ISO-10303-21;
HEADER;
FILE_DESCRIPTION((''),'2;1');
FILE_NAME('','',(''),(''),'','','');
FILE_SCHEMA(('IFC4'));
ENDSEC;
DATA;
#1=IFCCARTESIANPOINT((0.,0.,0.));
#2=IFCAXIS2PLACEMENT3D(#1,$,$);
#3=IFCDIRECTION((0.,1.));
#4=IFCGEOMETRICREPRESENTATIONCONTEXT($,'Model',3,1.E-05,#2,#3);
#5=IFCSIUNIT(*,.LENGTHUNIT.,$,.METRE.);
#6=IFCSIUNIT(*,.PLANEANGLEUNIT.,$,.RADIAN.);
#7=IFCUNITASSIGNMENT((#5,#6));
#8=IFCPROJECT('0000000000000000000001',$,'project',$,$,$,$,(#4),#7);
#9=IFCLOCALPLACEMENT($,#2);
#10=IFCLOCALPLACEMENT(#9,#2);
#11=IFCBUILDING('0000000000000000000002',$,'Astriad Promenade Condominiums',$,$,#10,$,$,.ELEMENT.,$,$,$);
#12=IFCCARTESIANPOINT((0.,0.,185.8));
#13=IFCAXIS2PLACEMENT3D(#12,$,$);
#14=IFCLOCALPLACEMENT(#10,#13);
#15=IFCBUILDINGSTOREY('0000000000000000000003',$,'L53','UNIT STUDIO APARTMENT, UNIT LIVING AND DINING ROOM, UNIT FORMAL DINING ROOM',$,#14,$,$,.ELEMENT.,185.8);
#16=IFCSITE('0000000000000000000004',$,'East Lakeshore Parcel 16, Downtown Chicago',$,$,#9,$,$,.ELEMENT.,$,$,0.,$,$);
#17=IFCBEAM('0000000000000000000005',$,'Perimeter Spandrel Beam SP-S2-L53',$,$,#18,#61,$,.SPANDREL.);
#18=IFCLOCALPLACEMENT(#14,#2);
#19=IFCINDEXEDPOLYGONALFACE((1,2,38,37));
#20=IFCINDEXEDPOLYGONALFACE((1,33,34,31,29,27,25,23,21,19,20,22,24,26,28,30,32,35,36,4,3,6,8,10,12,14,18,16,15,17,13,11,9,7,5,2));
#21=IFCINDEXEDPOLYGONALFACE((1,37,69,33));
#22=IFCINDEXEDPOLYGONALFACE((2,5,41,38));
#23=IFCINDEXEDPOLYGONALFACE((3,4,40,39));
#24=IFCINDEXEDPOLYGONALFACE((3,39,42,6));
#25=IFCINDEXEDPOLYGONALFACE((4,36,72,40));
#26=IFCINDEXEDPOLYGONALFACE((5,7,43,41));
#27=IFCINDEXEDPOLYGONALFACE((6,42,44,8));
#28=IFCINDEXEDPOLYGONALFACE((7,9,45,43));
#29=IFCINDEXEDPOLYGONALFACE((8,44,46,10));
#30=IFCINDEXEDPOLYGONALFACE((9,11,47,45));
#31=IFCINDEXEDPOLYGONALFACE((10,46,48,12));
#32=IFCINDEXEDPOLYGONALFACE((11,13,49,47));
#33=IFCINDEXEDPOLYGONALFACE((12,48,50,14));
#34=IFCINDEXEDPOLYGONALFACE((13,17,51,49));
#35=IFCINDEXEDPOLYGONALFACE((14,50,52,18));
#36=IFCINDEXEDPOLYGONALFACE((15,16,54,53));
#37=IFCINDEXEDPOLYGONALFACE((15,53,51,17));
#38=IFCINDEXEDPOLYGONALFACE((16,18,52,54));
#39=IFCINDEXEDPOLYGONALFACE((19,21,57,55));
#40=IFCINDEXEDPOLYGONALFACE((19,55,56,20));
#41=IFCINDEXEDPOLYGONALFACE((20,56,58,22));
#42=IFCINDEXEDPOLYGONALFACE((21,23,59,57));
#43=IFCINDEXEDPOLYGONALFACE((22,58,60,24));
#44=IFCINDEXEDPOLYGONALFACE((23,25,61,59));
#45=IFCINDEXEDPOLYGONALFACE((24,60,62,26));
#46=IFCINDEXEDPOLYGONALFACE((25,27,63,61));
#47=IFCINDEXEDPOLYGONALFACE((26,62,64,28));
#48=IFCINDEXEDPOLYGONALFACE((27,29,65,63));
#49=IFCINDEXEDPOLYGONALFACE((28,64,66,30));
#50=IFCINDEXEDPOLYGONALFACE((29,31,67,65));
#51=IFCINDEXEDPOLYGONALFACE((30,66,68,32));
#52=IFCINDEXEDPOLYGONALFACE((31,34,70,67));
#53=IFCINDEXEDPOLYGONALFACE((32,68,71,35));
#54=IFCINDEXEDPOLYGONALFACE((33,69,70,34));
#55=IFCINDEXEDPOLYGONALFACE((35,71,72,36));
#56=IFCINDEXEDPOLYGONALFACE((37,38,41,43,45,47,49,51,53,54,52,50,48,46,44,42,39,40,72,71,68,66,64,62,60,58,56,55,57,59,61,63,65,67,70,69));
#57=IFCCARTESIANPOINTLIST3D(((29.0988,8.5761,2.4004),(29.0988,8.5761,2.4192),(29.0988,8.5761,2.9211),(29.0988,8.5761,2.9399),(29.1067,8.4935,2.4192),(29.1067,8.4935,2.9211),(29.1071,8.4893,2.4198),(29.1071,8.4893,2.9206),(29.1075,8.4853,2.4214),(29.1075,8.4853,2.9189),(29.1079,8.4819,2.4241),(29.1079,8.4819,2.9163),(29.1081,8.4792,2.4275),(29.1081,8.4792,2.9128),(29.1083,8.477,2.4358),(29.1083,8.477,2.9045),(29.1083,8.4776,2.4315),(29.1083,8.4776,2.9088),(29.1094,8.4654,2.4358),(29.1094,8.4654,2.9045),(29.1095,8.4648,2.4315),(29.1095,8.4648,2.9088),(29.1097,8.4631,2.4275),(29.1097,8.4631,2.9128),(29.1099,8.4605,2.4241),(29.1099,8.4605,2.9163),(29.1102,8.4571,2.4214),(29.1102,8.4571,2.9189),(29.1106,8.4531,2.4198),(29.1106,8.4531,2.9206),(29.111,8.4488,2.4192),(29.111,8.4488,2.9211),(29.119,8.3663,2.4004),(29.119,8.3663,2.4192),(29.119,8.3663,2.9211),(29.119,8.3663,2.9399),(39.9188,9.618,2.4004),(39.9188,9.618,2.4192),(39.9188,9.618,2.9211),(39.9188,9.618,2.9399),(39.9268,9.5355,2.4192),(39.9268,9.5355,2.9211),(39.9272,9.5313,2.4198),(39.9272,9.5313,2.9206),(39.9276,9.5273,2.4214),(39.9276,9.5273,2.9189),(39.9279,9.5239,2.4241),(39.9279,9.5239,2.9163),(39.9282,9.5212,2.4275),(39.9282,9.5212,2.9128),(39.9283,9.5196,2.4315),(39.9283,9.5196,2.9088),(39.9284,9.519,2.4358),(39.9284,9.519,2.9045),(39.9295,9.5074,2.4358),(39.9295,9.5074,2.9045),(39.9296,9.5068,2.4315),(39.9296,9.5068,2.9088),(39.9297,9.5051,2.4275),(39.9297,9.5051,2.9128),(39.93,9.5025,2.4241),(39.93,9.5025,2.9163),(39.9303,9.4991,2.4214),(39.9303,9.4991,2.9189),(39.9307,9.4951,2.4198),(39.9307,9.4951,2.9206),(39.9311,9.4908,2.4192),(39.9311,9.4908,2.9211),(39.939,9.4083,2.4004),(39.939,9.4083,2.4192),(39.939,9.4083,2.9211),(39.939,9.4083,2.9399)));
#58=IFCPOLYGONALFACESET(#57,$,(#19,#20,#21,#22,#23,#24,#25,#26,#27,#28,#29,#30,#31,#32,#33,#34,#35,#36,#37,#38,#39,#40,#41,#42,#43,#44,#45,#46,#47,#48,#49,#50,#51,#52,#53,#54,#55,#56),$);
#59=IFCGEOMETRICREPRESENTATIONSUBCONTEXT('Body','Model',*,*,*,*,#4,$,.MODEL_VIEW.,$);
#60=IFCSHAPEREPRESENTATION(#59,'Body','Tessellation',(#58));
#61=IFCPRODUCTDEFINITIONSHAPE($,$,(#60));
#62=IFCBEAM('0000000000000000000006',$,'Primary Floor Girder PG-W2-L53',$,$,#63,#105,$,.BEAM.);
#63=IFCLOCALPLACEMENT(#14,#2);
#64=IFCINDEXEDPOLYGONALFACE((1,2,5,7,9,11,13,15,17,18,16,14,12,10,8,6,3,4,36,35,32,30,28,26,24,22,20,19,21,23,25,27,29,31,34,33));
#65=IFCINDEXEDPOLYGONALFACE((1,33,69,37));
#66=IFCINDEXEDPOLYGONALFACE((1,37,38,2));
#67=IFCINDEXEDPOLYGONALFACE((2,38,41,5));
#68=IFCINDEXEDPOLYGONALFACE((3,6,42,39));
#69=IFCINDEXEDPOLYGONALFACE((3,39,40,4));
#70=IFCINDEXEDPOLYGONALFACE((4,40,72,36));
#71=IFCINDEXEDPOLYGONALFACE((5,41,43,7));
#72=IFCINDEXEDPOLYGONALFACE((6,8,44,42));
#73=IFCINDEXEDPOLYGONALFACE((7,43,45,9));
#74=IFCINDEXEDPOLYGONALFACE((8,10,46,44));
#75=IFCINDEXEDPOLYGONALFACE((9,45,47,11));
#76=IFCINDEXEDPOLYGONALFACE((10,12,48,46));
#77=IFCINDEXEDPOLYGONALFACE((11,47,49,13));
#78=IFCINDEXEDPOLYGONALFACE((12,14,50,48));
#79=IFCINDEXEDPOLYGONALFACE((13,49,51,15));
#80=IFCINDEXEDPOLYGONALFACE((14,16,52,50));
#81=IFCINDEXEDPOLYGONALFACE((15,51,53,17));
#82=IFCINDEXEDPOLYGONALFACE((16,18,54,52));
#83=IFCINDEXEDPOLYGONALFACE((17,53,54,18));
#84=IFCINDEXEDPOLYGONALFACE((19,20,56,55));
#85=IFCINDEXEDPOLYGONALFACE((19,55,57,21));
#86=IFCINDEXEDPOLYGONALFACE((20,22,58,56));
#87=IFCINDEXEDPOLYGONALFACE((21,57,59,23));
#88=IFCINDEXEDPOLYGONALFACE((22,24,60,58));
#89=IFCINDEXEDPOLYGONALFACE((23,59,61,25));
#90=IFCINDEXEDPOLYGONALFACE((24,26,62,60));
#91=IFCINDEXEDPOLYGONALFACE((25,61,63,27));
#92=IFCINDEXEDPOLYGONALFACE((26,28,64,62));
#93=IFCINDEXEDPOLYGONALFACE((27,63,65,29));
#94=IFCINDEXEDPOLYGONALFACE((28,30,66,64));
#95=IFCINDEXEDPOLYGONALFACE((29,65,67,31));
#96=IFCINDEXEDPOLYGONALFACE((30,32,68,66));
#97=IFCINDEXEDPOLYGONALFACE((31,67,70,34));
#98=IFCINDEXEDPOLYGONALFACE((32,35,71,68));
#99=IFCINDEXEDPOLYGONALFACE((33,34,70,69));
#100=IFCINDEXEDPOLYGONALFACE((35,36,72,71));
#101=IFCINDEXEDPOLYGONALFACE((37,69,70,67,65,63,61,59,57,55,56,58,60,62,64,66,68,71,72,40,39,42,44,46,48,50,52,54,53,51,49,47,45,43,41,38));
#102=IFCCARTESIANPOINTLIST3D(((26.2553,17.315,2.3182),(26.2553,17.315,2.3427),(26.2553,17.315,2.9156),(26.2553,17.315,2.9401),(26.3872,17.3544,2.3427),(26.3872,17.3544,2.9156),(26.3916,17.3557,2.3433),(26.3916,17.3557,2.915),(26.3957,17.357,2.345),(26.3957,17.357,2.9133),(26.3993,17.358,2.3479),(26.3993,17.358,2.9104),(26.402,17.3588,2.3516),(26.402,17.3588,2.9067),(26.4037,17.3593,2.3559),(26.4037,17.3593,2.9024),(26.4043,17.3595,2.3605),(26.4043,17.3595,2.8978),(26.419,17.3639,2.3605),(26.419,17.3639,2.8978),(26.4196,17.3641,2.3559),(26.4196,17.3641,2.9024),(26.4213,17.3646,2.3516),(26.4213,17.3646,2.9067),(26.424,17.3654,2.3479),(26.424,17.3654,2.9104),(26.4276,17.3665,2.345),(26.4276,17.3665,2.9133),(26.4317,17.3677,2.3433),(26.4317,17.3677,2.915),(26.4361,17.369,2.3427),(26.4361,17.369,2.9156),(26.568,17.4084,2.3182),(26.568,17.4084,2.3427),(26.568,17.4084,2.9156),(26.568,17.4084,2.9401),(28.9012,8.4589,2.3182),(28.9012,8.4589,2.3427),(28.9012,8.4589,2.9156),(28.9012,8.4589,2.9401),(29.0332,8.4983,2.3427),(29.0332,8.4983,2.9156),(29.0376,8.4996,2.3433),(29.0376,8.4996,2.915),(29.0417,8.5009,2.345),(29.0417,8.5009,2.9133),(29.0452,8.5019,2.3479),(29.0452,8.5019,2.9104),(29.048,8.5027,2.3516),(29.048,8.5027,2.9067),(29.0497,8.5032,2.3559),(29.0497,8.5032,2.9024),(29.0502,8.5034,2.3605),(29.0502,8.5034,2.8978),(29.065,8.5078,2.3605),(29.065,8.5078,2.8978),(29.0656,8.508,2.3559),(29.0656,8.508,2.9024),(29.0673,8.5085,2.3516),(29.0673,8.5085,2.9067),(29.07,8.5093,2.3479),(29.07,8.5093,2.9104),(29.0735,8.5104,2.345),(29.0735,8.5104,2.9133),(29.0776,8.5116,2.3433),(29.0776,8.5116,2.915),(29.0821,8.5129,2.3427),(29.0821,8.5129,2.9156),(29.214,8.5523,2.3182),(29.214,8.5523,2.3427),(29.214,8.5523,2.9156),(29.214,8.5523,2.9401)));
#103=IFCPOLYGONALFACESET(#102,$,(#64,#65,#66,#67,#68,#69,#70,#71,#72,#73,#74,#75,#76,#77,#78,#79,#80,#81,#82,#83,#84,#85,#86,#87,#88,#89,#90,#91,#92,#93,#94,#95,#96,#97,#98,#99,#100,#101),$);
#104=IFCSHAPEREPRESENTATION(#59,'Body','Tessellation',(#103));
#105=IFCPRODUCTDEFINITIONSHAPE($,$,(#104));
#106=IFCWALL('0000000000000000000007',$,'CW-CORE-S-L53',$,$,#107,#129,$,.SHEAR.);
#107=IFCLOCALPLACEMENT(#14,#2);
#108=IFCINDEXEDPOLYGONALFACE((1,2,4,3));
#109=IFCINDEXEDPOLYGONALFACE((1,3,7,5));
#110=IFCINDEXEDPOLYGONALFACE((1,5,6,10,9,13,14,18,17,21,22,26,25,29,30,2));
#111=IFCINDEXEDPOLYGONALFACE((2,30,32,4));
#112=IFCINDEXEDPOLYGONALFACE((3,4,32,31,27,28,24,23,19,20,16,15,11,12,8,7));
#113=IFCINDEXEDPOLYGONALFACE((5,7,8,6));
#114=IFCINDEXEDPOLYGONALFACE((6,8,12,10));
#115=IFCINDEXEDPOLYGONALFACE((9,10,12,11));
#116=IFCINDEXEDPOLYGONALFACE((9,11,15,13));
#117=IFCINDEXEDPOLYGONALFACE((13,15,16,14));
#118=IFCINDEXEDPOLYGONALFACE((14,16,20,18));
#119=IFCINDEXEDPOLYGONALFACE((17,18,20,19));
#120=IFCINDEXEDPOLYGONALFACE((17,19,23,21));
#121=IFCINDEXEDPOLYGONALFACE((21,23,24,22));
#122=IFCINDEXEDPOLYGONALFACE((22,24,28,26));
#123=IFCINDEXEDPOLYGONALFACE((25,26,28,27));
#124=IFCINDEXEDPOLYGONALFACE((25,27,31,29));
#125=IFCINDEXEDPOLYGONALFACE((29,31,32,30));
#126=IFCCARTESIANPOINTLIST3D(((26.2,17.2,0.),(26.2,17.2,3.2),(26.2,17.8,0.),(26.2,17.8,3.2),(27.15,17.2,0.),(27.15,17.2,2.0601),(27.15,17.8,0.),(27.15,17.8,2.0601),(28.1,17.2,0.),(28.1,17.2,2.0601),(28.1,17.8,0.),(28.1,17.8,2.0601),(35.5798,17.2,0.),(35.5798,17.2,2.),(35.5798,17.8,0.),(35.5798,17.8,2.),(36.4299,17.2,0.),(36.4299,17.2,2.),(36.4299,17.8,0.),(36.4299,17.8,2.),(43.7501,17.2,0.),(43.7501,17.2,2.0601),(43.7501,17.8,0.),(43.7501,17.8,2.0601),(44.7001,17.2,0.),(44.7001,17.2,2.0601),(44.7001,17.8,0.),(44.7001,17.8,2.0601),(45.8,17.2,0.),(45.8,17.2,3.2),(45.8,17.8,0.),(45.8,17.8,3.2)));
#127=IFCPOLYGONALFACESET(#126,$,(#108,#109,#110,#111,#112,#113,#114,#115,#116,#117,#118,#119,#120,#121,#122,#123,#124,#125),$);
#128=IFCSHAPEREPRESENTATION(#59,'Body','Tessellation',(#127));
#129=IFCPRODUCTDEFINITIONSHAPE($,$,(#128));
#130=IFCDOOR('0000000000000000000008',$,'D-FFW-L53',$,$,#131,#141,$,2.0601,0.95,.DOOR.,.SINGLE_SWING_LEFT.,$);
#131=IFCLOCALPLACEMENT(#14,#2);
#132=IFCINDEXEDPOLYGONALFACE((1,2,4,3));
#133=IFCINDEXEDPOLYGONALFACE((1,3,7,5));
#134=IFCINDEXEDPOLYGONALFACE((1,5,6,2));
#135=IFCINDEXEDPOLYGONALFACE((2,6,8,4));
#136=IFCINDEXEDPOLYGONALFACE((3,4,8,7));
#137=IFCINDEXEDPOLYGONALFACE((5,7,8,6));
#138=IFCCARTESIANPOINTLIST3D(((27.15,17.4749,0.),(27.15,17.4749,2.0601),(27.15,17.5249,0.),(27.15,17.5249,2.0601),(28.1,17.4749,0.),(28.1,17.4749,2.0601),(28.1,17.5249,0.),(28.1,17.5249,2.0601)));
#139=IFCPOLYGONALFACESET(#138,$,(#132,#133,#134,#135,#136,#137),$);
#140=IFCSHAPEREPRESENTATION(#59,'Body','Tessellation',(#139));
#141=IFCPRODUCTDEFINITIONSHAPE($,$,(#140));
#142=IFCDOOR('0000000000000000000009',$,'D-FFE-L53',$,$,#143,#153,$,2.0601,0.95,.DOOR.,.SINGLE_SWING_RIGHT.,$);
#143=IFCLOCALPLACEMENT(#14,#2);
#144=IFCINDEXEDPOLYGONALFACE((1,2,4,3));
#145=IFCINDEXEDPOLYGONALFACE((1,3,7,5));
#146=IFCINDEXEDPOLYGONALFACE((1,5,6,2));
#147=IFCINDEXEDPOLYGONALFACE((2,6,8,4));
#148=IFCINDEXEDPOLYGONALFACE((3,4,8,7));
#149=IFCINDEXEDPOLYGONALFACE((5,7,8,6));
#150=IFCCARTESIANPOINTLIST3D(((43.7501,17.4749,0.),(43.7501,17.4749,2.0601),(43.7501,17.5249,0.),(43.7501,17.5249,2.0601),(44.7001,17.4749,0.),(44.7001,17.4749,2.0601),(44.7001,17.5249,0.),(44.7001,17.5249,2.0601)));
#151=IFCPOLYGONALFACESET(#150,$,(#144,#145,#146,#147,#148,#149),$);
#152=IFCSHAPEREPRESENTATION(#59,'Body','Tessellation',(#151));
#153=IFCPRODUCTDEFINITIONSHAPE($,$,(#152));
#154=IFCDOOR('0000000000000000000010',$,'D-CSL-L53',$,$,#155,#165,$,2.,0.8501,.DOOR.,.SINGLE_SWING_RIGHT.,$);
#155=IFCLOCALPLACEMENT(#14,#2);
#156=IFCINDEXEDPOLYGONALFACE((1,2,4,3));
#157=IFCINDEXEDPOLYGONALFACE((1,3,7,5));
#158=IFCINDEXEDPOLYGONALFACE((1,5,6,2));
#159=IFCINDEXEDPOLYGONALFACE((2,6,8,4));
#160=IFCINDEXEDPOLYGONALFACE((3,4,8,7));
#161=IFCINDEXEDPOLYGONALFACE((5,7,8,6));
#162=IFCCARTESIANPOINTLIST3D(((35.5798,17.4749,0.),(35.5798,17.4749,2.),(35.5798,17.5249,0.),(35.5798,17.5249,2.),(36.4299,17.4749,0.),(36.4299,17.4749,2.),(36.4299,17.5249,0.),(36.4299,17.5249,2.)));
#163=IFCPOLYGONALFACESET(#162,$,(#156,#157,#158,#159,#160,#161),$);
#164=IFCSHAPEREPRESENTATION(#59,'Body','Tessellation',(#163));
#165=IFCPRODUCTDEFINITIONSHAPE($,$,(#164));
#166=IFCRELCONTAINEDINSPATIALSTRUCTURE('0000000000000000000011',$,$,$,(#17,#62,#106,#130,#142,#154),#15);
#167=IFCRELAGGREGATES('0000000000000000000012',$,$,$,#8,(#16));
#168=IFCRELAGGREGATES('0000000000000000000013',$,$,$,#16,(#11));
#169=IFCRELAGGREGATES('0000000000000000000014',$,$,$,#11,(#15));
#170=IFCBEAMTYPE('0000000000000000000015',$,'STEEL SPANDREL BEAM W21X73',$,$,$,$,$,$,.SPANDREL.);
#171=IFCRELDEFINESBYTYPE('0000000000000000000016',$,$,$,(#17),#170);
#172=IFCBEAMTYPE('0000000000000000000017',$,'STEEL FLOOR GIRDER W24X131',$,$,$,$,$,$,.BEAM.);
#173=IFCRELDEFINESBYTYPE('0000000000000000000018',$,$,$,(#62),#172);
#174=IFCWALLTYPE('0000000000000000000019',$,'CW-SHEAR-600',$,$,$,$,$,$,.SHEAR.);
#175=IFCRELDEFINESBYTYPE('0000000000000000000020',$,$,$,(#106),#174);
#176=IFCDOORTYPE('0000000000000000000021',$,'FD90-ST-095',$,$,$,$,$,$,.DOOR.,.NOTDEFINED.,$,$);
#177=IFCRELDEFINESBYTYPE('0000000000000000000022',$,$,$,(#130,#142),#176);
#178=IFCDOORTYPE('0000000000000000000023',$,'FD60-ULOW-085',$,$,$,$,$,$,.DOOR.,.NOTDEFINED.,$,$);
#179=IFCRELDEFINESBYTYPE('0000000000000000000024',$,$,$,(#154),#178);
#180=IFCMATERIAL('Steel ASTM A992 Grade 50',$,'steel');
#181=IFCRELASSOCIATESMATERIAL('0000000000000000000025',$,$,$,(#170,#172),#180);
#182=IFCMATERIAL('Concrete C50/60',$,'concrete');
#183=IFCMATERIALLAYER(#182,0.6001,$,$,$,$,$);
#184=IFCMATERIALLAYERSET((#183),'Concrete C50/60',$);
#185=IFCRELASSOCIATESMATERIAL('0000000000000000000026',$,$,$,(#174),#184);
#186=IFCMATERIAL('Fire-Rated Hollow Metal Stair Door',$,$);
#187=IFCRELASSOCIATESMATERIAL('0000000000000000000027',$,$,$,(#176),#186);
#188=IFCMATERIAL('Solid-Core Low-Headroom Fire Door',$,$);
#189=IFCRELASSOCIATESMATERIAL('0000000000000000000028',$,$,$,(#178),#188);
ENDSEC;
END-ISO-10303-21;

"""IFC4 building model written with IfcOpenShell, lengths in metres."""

from ifc_helpers import new_model, si_unit, direction, frame, frame_2d, origin, origin_2d, place, context, subcontext, project, spatial, rectangle, i_section, extrude, source, transform, mapped, material, layer, layer_set, material_profile, profile_set, type_object, type_shapes, element, fill, save


model = new_model("IFC4")

# Units and contexts
model_context = context("Model", 3, precision=1e-05, world=origin(), true_north=direction((0.0, 1.0)))
body_context = subcontext(model_context, "Body", "Model", "MODEL_VIEW")
ifc_project = project(units=[si_unit("LENGTHUNIT", "METRE"), si_unit("PLANEANGLEUNIT", "RADIAN")], contexts=[model_context])

# Site, building, storey
site_placement = place(None, origin())
site = spatial("IfcSite", under=ifc_project, at=site_placement, Name="East Lakeshore Parcel 16, Downtown Chicago", CompositionType="ELEMENT", RefElevation=0.0)
building_placement = place(site_placement, origin())
building = spatial("IfcBuilding", under=site, at=building_placement, Name="Astriad Promenade Condominiums", CompositionType="ELEMENT")
storey_placement = place(building_placement, frame((0.0, 0.0, 185.8)))
storey = spatial("IfcBuildingStorey", under=building, at=storey_placement, Name="L53", Description="UNIT STUDIO APARTMENT, UNIT LIVING AND DINING ROOM, UNIT FORMAL DINING ROOM", CompositionType="ELEMENT", Elevation=185.8)

# Shared definitions
ifc_material_1 = material(Name="Steel ASTM A992 Grade 50", Category="steel")
ifc_material_2 = material(Name="Concrete C50/60", Category="concrete")

# Beams
ifc_material_profile_1 = material_profile(ifc_material_1, i_section(OverallWidth=0.2107, OverallDepth=0.5396, WebThickness=0.0117, FlangeThickness=0.0188, FilletRadius=0.0166, at=origin_2d()), Name="W21X73")
ifc_profile_set_1 = profile_set([ifc_material_profile_1], Name="Steel ASTM A992 Grade 50")
beam_type_1 = type_object("IfcBeamType", Name="STEEL SPANDREL BEAM W21X73", PredefinedType="SPANDREL", material=ifc_profile_set_1)
shared_shape_1 = source(origin(), body_context, "Body", "SweptSolid", [
    extrude(i_section(OverallWidth=0.2107, OverallDepth=0.5396, WebThickness=0.0117, FlangeThickness=0.0188, FilletRadius=0.0166, at=origin_2d()), origin(), (0.0, 0.0, 1.0), 10.8701),
])
type_shapes(beam_type_1, [shared_shape_1])
beam_1_placement = place(storey_placement, frame((29.1089, 8.4712, 2.6702), z_axis=(0.995395, 0.095858, 0.0), x_axis=(-0.095858, 0.995395, 0.0)))
element("IfcBeam", 1, at=beam_1_placement, inside=storey, type_object=beam_type_1, Name="Perimeter Spandrel Beam SP-S2-L53", PredefinedType="SPANDREL", context=body_context, shape_type="MappedRepresentation", body=[
    mapped(shared_shape_1, transform((0.0, 0.0, 0.0), scale=1.0)),
])
ifc_material_profile_2 = material_profile(ifc_material_1, i_section(OverallWidth=0.3264, OverallDepth=0.6218, WebThickness=0.0154, FlangeThickness=0.0244, FilletRadius=0.0178, at=origin_2d()), Name="W24X131")
ifc_profile_set_2 = profile_set([ifc_material_profile_2], Name="Steel ASTM A992 Grade 50")
beam_type_2 = type_object("IfcBeamType", Name="STEEL FLOOR GIRDER W24X131", PredefinedType="BEAM", material=ifc_profile_set_2)
shared_shape_2 = source(origin(), body_context, "Body", "SweptSolid", [
    extrude(i_section(OverallWidth=0.3264, OverallDepth=0.6218, WebThickness=0.0154, FlangeThickness=0.0244, FilletRadius=0.0178, at=origin_2d()), origin(), (0.0, 0.0, 1.0), 9.2429),
])
type_shapes(beam_type_2, [shared_shape_2])
beam_2_placement = place(storey_placement, frame((29.0576, 8.5056, 2.6292), z_axis=(-0.286269, 0.958149, 0.0), x_axis=(-0.958149, -0.286269, 0.0)))
element("IfcBeam", 2, at=beam_2_placement, inside=storey, type_object=beam_type_2, Name="Primary Floor Girder PG-W2-L53", PredefinedType="BEAM", context=body_context, shape_type="MappedRepresentation", body=[
    mapped(shared_shape_2, transform((0.0, 0.0, 0.0), scale=1.0)),
])

# Wall, openings, doors
ifc_layer_1 = layer(ifc_material_2, 0.6001)
ifc_layer_set_1 = layer_set([ifc_layer_1], Name="Concrete C50/60")
wall_type_1 = type_object("IfcWallType", Name="CW-SHEAR-600", PredefinedType="SHEAR", material=ifc_layer_set_1)
wall_1_placement = place(storey_placement, frame((26.2, 17.5, 0.0), z_axis=(0.0, 0.0, 1.0), x_axis=(1.0, 0.0, 0.0)))
wall_1 = element("IfcWall", 3, at=wall_1_placement, inside=storey, type_object=wall_type_1, Name="CW-CORE-S-L53", PredefinedType="SHEAR", context=body_context, shape_type="SweptSolid", body=[
    extrude(rectangle(XDim=19.6001, YDim=0.6001, at=frame_2d((9.8, 0.0))), origin(), (0.0, 0.0, 1.0), 3.2),
])
opening_1_placement = place(wall_1_placement, frame((0.95, 0.0, 0.0)))
opening_1 = element("IfcOpeningElement", 4, at=opening_1_placement, cuts=wall_1, PredefinedType="OPENING", context=body_context, shape_type="SweptSolid", body=[
    extrude(rectangle(XDim=0.95, YDim=2.0601, at=frame_2d((0.4751, 1.03))), frame((0.0, 0.3101, 0.0), z_axis=(0.0, -1.0, 0.0), x_axis=(1.0, 0.0, 0.0)), (0.0, 0.0, 1.0), 0.6201),
])
opening_2_placement = place(wall_1_placement, frame((9.3799, 0.0, 0.0)))
opening_2 = element("IfcOpeningElement", 5, at=opening_2_placement, cuts=wall_1, PredefinedType="OPENING", context=body_context, shape_type="SweptSolid", body=[
    extrude(rectangle(XDim=0.8501, YDim=2.0, at=frame_2d((0.425, 1.0))), frame((0.0, 0.3101, 0.0), z_axis=(0.0, -1.0, 0.0), x_axis=(1.0, 0.0, 0.0)), (0.0, 0.0, 1.0), 0.6201),
])
opening_3_placement = place(wall_1_placement, frame((17.55, 0.0, 0.0)))
opening_3 = element("IfcOpeningElement", 6, at=opening_3_placement, cuts=wall_1, PredefinedType="OPENING", context=body_context, shape_type="SweptSolid", body=[
    extrude(rectangle(XDim=0.95, YDim=2.0601, at=frame_2d((0.4751, 1.03))), frame((0.0, 0.3101, 0.0), z_axis=(0.0, -1.0, 0.0), x_axis=(1.0, 0.0, 0.0)), (0.0, 0.0, 1.0), 0.6201),
])
ifc_material_3 = material(Name="Fire-Rated Hollow Metal Stair Door")
door_type_1 = type_object("IfcDoorType", Name="FD90-ST-095", OperationType="NOTDEFINED", PredefinedType="DOOR", material=ifc_material_3)
shared_shape_3 = source(origin(), body_context, "Body", "SweptSolid", [
    extrude(rectangle(XDim=0.95, YDim=2.0601, at=frame_2d((0.4751, 1.03))), frame((0.0, 0.0249, 0.0), z_axis=(0.0, -1.0, 0.0), x_axis=(1.0, 0.0, 0.0)), (0.0, 0.0, 1.0), 0.05),
])
type_shapes(door_type_1, [shared_shape_3])
door_1_placement = place(opening_1_placement, origin())
door_1 = element("IfcDoor", 7, at=door_1_placement, inside=storey, type_object=door_type_1, Name="D-FFW-L53", OperationType="SINGLE_SWING_LEFT", OverallHeight=2.0601, OverallWidth=0.95, PredefinedType="DOOR", context=body_context, shape_type="MappedRepresentation", body=[
    mapped(shared_shape_3, transform((0.0, 0.0, 0.0), scale=1.0)),
])
fill(opening_1, door_1)
door_2_placement = place(opening_3_placement, origin())
door_2 = element("IfcDoor", 8, at=door_2_placement, inside=storey, type_object=door_type_1, Name="D-FFE-L53", OperationType="SINGLE_SWING_RIGHT", OverallHeight=2.0601, OverallWidth=0.95, PredefinedType="DOOR", context=body_context, shape_type="MappedRepresentation", body=[
    mapped(shared_shape_3, transform((0.0, 0.0, 0.0), scale=1.0)),
])
fill(opening_3, door_2)
ifc_material_4 = material(Name="Solid-Core Low-Headroom Fire Door")
door_type_2 = type_object("IfcDoorType", Name="FD60-ULOW-085", OperationType="NOTDEFINED", PredefinedType="DOOR", material=ifc_material_4)
shared_shape_4 = source(origin(), body_context, "Body", "SweptSolid", [
    extrude(rectangle(XDim=0.8501, YDim=2.0, at=frame_2d((0.425, 1.0))), frame((0.0, 0.0249, 0.0), z_axis=(0.0, -1.0, 0.0), x_axis=(1.0, 0.0, 0.0)), (0.0, 0.0, 1.0), 0.05),
])
type_shapes(door_type_2, [shared_shape_4])
door_3_placement = place(opening_2_placement, origin())
door_3 = element("IfcDoor", 9, at=door_3_placement, inside=storey, type_object=door_type_2, Name="D-CSL-L53", OperationType="SINGLE_SWING_RIGHT", OverallHeight=2.0, OverallWidth=0.8501, PredefinedType="DOOR", context=body_context, shape_type="MappedRepresentation", body=[
    mapped(shared_shape_4, transform((0.0, 0.0, 0.0), scale=1.0)),
])
fill(opening_2, door_3)

save(model, "model.ifc")
